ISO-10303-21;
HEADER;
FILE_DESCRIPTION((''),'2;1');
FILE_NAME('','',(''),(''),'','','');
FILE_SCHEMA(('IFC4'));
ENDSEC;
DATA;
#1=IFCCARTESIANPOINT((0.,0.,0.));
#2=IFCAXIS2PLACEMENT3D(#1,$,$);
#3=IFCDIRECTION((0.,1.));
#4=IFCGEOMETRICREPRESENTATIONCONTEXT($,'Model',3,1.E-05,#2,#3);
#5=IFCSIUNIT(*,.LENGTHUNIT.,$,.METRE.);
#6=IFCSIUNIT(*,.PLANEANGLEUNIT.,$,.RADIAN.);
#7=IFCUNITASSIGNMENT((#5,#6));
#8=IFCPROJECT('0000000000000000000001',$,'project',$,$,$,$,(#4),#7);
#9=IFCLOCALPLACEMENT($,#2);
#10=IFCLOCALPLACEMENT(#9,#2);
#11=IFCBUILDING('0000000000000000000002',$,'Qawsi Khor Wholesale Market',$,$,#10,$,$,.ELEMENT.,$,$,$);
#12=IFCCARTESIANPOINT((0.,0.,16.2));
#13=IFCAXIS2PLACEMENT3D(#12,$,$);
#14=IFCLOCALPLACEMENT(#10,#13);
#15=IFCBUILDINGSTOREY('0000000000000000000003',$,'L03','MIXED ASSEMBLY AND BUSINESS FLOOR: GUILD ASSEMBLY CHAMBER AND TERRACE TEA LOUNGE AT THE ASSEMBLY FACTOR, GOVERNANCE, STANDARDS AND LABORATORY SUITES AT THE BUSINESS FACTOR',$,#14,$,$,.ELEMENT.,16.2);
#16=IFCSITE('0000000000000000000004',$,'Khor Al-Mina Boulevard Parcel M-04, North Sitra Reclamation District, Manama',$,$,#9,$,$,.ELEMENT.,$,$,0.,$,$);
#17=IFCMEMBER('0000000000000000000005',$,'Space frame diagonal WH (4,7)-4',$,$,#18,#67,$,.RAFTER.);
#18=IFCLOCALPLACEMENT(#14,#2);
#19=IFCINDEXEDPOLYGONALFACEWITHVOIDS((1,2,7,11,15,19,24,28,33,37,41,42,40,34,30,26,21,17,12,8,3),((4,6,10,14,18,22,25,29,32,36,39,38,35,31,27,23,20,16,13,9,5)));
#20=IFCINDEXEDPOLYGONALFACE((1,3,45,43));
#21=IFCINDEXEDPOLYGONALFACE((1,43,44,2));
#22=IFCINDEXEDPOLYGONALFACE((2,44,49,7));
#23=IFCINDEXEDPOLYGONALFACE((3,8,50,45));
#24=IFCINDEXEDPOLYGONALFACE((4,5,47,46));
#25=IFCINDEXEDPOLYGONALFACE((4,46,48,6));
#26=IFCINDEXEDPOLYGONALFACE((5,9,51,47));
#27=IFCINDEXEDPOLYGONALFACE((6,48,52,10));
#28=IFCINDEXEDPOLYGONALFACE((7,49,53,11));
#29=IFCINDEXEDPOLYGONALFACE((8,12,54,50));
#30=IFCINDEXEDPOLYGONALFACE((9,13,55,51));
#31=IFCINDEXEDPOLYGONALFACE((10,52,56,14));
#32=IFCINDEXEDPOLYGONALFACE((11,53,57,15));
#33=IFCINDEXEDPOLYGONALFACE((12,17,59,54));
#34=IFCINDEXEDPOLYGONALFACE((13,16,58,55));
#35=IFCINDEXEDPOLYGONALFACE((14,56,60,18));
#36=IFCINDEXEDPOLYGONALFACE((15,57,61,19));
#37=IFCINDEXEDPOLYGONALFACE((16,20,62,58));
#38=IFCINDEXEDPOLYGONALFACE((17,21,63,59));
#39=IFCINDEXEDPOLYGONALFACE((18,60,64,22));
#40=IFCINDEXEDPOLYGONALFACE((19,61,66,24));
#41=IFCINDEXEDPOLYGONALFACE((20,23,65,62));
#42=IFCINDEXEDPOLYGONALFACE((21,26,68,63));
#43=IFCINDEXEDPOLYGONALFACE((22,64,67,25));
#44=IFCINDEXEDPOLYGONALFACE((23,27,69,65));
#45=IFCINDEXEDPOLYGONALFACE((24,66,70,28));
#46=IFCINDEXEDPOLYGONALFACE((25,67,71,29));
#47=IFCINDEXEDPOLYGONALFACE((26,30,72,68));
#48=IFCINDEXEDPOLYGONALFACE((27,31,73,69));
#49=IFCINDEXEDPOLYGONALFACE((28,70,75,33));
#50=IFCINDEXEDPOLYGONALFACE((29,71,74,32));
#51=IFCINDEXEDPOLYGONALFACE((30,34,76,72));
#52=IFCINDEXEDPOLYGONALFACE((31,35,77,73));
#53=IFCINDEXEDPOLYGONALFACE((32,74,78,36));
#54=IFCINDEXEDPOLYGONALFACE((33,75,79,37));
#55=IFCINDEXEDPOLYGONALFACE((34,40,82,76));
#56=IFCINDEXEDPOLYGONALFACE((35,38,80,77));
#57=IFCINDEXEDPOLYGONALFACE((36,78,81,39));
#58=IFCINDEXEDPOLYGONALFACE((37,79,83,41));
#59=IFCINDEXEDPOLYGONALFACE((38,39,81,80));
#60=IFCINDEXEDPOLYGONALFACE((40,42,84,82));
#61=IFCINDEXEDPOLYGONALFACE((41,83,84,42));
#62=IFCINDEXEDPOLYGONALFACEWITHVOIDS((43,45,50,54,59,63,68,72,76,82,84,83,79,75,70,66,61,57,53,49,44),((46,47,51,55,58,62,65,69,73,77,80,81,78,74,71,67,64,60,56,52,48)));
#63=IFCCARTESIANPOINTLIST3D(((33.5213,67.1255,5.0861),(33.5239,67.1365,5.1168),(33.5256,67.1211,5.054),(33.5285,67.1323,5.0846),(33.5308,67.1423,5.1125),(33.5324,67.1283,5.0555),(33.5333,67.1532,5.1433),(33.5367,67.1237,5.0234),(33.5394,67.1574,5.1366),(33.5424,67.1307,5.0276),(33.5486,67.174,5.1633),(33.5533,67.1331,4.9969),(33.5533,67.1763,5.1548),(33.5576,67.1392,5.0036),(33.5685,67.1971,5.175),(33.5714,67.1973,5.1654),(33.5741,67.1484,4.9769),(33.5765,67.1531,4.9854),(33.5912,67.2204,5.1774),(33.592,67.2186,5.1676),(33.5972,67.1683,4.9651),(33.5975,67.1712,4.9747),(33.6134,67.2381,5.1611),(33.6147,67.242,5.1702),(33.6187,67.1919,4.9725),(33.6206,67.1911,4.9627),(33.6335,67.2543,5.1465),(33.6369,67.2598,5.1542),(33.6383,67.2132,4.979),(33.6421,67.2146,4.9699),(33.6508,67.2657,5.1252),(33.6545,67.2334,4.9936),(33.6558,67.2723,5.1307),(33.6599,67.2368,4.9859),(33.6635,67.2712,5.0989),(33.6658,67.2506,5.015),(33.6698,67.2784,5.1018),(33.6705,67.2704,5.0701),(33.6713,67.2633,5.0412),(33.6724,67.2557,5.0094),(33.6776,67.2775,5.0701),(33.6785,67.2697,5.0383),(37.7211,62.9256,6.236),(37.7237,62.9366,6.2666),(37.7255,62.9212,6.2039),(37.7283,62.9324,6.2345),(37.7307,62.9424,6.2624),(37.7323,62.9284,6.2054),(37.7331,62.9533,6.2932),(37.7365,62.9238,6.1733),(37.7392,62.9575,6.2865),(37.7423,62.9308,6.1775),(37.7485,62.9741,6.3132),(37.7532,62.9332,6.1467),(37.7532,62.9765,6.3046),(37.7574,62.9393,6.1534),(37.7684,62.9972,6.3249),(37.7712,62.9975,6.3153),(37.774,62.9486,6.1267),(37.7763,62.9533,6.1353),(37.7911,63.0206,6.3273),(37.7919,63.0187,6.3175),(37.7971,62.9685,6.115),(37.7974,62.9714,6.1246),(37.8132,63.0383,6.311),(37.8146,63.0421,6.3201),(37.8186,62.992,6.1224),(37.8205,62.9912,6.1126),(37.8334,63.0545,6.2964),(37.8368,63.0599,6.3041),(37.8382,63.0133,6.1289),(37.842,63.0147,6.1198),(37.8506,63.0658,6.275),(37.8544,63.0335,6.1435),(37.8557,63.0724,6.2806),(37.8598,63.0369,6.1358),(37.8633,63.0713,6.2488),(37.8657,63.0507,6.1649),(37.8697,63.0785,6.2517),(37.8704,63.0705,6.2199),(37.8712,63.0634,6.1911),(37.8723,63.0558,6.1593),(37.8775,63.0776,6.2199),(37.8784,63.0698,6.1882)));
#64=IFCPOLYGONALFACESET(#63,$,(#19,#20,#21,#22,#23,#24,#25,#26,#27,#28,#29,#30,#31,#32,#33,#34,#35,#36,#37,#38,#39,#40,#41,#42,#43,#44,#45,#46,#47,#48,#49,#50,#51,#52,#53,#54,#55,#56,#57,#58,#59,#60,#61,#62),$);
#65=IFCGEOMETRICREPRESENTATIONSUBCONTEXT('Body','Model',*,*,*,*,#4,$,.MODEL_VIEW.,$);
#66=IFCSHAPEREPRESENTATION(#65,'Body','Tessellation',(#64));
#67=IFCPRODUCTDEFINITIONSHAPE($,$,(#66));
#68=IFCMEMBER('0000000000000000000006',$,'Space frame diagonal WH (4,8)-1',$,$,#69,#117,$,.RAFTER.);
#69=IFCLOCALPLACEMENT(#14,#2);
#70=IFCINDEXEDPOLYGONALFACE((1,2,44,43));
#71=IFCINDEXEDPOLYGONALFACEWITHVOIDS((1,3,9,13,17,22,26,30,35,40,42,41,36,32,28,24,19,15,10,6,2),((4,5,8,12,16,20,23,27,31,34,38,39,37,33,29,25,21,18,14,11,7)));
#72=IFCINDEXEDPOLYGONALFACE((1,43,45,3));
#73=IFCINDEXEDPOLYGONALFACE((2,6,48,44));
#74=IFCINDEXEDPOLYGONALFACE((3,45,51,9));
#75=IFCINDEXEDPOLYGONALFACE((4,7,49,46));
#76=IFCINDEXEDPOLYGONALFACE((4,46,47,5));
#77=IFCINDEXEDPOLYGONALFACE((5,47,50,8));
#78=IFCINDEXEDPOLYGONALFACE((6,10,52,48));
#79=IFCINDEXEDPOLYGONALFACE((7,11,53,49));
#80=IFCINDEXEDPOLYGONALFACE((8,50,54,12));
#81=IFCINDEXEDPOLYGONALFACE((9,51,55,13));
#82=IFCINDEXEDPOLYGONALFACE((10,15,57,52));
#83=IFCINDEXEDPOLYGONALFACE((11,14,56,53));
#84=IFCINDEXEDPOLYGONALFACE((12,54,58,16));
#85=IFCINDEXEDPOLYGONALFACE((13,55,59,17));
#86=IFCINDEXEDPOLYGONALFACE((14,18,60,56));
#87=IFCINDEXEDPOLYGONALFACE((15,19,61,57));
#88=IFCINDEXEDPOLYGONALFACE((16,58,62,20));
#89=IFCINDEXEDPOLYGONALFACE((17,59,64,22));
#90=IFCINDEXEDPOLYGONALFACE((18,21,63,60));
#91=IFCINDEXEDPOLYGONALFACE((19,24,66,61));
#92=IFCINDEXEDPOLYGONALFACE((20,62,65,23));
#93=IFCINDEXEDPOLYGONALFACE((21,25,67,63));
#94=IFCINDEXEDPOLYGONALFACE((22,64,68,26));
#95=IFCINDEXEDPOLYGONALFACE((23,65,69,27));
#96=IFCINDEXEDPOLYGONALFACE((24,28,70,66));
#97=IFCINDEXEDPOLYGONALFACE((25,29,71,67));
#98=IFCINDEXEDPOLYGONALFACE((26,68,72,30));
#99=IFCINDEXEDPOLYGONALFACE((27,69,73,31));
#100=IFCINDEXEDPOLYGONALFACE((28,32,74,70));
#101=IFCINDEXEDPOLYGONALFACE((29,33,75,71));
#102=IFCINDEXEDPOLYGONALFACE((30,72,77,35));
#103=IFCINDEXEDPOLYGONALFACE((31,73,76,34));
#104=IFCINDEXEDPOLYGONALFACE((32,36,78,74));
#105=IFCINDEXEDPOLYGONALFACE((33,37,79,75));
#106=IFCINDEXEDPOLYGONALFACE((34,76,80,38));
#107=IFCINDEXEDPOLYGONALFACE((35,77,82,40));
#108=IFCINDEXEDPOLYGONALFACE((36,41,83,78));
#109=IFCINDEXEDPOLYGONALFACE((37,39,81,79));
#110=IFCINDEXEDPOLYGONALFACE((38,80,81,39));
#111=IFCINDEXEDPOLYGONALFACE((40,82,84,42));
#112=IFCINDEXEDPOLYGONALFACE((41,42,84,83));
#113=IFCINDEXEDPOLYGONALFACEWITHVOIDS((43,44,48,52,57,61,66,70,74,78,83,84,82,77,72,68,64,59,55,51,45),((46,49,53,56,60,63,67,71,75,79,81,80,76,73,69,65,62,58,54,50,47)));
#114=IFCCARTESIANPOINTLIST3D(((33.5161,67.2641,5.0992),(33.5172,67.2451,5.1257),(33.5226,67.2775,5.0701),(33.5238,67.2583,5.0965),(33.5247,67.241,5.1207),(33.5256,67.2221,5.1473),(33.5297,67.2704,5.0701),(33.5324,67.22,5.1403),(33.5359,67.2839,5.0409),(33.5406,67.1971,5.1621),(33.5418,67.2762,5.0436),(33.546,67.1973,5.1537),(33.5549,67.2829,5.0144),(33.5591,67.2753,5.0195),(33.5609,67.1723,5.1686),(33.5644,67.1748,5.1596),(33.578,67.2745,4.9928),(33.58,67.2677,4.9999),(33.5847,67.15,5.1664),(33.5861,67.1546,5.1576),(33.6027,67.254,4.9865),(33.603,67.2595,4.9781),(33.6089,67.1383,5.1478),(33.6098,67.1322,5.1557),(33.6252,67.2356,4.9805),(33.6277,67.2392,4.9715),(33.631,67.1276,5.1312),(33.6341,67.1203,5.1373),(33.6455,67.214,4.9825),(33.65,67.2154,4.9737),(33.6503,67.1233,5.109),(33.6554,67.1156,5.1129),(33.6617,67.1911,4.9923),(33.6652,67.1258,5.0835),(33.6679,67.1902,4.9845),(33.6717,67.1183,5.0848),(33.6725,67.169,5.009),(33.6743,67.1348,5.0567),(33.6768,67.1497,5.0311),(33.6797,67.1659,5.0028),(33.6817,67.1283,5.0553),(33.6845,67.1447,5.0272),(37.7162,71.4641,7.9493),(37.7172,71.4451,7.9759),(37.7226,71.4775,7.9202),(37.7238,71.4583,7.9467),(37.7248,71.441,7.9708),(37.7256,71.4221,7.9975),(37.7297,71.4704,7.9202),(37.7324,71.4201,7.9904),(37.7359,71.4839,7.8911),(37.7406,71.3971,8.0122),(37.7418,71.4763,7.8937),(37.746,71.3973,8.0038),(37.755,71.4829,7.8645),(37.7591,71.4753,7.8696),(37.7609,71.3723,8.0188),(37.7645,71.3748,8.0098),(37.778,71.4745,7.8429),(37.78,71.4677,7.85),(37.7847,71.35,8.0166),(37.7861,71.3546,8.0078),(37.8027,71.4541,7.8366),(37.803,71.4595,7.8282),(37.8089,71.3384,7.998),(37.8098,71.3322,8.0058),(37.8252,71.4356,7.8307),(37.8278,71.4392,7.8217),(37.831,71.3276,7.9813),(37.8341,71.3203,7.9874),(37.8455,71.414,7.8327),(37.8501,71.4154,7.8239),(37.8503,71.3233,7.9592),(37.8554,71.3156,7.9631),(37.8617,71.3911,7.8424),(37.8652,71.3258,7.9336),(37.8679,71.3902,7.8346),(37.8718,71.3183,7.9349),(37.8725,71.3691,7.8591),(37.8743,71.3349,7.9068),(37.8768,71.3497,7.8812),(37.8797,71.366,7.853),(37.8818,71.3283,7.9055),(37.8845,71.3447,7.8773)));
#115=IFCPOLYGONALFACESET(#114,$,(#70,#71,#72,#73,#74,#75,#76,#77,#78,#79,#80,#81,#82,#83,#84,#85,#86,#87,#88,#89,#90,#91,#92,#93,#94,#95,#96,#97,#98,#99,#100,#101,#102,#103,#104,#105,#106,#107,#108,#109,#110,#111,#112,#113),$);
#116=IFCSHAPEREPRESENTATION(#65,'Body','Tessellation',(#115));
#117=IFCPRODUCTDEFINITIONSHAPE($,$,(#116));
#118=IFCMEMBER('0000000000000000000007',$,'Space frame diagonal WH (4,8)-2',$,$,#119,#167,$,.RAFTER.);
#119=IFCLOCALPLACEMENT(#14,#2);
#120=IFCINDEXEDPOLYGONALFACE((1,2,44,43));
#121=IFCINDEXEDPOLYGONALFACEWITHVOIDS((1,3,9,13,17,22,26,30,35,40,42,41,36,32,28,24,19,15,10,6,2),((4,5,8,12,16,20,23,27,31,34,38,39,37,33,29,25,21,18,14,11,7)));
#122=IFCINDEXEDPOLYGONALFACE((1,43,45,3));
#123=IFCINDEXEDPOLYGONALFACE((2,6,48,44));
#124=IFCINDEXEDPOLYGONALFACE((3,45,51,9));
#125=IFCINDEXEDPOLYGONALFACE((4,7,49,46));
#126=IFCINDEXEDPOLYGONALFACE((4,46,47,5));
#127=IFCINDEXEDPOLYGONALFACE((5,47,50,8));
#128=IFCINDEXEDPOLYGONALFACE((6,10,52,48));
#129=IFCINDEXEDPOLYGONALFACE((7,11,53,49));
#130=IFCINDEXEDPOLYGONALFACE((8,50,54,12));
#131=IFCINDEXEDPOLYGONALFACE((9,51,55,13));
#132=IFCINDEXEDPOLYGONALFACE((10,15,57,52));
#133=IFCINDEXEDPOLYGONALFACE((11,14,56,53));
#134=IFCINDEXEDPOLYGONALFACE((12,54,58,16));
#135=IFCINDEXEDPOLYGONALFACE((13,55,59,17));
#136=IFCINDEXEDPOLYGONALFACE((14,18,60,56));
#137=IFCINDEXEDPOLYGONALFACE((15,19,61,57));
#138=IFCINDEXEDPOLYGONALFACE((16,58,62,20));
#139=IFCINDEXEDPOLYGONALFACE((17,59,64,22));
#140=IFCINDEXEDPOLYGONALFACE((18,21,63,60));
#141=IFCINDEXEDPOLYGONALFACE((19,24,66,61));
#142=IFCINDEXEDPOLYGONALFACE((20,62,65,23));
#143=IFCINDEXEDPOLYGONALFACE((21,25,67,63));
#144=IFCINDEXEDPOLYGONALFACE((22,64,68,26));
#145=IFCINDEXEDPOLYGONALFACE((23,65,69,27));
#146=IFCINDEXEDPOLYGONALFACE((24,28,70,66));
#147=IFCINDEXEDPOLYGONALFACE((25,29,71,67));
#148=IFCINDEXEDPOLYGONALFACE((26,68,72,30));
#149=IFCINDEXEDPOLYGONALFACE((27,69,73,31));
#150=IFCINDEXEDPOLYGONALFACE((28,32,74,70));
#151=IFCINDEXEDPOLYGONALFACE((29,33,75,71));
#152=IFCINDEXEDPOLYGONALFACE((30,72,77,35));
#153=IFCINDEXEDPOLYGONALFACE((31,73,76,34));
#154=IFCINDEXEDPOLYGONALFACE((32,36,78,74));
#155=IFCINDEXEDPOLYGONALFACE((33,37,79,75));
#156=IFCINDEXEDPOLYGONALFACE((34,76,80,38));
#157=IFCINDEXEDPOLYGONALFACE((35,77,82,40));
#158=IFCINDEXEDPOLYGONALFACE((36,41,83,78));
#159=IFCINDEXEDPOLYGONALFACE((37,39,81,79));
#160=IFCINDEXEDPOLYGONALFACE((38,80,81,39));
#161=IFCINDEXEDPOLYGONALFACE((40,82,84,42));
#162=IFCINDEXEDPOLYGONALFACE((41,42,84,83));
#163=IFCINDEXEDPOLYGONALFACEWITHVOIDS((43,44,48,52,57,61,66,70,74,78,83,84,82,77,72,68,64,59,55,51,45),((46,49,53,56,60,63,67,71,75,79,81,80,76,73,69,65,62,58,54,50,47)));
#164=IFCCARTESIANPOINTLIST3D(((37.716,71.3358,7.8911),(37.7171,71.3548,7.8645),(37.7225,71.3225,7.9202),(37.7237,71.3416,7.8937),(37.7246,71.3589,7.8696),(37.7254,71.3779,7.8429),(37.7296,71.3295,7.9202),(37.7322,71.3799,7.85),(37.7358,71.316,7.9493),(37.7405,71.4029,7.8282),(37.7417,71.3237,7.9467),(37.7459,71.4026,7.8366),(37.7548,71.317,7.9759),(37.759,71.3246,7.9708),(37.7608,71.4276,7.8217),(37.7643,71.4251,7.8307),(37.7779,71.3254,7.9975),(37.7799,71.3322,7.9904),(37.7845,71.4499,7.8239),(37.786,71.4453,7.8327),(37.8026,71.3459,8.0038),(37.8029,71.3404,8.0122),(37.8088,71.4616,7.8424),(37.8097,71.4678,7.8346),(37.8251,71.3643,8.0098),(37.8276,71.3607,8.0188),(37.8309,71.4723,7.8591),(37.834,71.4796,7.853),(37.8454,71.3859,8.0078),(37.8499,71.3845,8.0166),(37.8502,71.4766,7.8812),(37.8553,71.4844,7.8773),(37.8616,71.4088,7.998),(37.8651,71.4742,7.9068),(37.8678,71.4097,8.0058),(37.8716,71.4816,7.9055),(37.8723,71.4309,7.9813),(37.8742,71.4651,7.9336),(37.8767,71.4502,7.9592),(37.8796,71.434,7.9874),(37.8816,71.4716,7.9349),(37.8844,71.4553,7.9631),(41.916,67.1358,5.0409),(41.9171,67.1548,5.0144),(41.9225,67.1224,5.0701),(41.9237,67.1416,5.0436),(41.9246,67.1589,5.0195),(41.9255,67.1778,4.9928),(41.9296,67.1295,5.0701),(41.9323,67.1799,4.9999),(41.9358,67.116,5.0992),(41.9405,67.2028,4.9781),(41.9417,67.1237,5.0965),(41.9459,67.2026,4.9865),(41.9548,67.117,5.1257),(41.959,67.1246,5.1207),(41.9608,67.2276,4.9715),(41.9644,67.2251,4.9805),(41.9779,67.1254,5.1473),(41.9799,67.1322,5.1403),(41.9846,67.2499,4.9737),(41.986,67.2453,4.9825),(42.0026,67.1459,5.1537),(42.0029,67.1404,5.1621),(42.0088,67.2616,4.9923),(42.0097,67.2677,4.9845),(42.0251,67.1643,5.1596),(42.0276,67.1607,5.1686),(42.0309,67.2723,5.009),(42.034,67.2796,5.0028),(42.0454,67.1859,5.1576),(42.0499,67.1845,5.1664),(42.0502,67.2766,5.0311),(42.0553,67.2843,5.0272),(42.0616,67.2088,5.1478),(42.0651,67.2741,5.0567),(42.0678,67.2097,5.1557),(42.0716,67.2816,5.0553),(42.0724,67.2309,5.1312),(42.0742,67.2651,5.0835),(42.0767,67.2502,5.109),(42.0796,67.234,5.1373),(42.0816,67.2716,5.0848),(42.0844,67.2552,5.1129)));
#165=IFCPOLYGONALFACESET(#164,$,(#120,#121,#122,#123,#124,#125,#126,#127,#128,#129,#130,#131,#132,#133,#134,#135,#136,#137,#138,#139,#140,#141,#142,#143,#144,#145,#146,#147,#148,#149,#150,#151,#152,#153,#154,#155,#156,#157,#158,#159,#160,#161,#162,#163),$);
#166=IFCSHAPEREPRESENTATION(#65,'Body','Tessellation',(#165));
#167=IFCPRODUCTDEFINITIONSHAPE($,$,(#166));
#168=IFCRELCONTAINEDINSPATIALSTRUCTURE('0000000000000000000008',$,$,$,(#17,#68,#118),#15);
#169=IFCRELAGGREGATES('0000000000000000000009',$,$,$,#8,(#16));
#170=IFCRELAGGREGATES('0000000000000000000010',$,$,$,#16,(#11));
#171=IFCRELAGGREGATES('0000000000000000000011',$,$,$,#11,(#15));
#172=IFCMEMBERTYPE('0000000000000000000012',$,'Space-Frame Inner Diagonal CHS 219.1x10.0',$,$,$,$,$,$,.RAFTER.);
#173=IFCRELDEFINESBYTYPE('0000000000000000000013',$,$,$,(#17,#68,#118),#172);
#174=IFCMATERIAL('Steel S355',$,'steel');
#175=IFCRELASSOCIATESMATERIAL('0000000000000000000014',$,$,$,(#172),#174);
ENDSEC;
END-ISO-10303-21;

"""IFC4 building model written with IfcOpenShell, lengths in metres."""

from ifc_helpers import new_model, si_unit, direction, frame, origin, origin_2d, place, context, subcontext, project, spatial, hollow_circle, extrude, material, material_profile, profile_set, type_object, element, save


model = new_model("IFC4")

# Units and contexts
model_context = context("Model", 3, precision=1e-05, world=origin(), true_north=direction((0.0, 1.0)))
body_context = subcontext(model_context, "Body", "Model", "MODEL_VIEW")
ifc_project = project(units=[si_unit("LENGTHUNIT", "METRE"), si_unit("PLANEANGLEUNIT", "RADIAN")], contexts=[model_context])

# Site, building, storey
site_placement = place(None, origin())
site = spatial("IfcSite", under=ifc_project, at=site_placement, Name="Khor Al-Mina Boulevard Parcel M-04, North Sitra Reclamation District, Manama", CompositionType="ELEMENT", RefElevation=0.0)
building_placement = place(site_placement, origin())
building = spatial("IfcBuilding", under=site, at=building_placement, Name="Qawsi Khor Wholesale Market", CompositionType="ELEMENT")
storey_placement = place(building_placement, frame((0.0, 0.0, 16.2)))
storey = spatial("IfcBuildingStorey", under=building, at=storey_placement, Name="L03", Description="MIXED ASSEMBLY AND BUSINESS FLOOR: GUILD ASSEMBLY CHAMBER AND TERRACE TEA LOUNGE AT THE ASSEMBLY FACTOR, GOVERNANCE, STANDARDS AND LABORATORY SUITES AT THE BUSINESS FACTOR", CompositionType="ELEMENT", Elevation=16.2)

# Members
ifc_material_1 = material(Name="Steel S355", Category="steel")
ifc_material_profile_1 = material_profile(ifc_material_1, hollow_circle(Radius=0.1096, WallThickness=0.01, at=origin_2d()), Name="CHS 219.1x10.0")
ifc_profile_set_1 = profile_set([ifc_material_profile_1], Name="Steel S355")
member_type_1 = type_object("IfcMemberType", Name="Space-Frame Inner Diagonal CHS 219.1x10.0", PredefinedType="RAFTER", material=ifc_profile_set_1)
for number, where, z_axis, x_axis, name in (
    (1, (33.6001, 67.2, 5.0701), (0.694217, -0.694217, 0.190069), (0.707107, 0.707107, 0.0), "Space frame diagonal WH (4,7)-4"),
):
    element("IfcMember", number, at=place(storey_placement, frame(where, z_axis=z_axis, x_axis=x_axis)), inside=storey, type_object=member_type_1, Name=name, PredefinedType="RAFTER", context=body_context, shape_type="SweptSolid", body=[
        extrude(hollow_circle(Radius=0.1096, WallThickness=0.01, at=origin_2d()), origin(), (0.0, 0.0, 1.0), 6.0498),
    ])
for number, where, z_axis, x_axis, name in (
    (2, (33.6001, 67.2, 5.0701), (0.637512, 0.637512, 0.432617), (-0.707107, 0.707107, 0.0), "Space frame diagonal WH (4,8)-1"),
    (3, (42.0, 67.2, 5.0701), (-0.637512, 0.637512, 0.432617), (-0.707107, -0.707107, 0.0), "Space frame diagonal WH (4,8)-2"),
):
    element("IfcMember", number, at=place(storey_placement, frame(where, z_axis=z_axis, x_axis=x_axis)), inside=storey, type_object=member_type_1, Name=name, PredefinedType="RAFTER", context=body_context, shape_type="SweptSolid", body=[
        extrude(hollow_circle(Radius=0.1096, WallThickness=0.01, at=origin_2d()), origin(), (0.0, 0.0, 1.0), 6.5881),
    ])

save(model, "model.ifc")
